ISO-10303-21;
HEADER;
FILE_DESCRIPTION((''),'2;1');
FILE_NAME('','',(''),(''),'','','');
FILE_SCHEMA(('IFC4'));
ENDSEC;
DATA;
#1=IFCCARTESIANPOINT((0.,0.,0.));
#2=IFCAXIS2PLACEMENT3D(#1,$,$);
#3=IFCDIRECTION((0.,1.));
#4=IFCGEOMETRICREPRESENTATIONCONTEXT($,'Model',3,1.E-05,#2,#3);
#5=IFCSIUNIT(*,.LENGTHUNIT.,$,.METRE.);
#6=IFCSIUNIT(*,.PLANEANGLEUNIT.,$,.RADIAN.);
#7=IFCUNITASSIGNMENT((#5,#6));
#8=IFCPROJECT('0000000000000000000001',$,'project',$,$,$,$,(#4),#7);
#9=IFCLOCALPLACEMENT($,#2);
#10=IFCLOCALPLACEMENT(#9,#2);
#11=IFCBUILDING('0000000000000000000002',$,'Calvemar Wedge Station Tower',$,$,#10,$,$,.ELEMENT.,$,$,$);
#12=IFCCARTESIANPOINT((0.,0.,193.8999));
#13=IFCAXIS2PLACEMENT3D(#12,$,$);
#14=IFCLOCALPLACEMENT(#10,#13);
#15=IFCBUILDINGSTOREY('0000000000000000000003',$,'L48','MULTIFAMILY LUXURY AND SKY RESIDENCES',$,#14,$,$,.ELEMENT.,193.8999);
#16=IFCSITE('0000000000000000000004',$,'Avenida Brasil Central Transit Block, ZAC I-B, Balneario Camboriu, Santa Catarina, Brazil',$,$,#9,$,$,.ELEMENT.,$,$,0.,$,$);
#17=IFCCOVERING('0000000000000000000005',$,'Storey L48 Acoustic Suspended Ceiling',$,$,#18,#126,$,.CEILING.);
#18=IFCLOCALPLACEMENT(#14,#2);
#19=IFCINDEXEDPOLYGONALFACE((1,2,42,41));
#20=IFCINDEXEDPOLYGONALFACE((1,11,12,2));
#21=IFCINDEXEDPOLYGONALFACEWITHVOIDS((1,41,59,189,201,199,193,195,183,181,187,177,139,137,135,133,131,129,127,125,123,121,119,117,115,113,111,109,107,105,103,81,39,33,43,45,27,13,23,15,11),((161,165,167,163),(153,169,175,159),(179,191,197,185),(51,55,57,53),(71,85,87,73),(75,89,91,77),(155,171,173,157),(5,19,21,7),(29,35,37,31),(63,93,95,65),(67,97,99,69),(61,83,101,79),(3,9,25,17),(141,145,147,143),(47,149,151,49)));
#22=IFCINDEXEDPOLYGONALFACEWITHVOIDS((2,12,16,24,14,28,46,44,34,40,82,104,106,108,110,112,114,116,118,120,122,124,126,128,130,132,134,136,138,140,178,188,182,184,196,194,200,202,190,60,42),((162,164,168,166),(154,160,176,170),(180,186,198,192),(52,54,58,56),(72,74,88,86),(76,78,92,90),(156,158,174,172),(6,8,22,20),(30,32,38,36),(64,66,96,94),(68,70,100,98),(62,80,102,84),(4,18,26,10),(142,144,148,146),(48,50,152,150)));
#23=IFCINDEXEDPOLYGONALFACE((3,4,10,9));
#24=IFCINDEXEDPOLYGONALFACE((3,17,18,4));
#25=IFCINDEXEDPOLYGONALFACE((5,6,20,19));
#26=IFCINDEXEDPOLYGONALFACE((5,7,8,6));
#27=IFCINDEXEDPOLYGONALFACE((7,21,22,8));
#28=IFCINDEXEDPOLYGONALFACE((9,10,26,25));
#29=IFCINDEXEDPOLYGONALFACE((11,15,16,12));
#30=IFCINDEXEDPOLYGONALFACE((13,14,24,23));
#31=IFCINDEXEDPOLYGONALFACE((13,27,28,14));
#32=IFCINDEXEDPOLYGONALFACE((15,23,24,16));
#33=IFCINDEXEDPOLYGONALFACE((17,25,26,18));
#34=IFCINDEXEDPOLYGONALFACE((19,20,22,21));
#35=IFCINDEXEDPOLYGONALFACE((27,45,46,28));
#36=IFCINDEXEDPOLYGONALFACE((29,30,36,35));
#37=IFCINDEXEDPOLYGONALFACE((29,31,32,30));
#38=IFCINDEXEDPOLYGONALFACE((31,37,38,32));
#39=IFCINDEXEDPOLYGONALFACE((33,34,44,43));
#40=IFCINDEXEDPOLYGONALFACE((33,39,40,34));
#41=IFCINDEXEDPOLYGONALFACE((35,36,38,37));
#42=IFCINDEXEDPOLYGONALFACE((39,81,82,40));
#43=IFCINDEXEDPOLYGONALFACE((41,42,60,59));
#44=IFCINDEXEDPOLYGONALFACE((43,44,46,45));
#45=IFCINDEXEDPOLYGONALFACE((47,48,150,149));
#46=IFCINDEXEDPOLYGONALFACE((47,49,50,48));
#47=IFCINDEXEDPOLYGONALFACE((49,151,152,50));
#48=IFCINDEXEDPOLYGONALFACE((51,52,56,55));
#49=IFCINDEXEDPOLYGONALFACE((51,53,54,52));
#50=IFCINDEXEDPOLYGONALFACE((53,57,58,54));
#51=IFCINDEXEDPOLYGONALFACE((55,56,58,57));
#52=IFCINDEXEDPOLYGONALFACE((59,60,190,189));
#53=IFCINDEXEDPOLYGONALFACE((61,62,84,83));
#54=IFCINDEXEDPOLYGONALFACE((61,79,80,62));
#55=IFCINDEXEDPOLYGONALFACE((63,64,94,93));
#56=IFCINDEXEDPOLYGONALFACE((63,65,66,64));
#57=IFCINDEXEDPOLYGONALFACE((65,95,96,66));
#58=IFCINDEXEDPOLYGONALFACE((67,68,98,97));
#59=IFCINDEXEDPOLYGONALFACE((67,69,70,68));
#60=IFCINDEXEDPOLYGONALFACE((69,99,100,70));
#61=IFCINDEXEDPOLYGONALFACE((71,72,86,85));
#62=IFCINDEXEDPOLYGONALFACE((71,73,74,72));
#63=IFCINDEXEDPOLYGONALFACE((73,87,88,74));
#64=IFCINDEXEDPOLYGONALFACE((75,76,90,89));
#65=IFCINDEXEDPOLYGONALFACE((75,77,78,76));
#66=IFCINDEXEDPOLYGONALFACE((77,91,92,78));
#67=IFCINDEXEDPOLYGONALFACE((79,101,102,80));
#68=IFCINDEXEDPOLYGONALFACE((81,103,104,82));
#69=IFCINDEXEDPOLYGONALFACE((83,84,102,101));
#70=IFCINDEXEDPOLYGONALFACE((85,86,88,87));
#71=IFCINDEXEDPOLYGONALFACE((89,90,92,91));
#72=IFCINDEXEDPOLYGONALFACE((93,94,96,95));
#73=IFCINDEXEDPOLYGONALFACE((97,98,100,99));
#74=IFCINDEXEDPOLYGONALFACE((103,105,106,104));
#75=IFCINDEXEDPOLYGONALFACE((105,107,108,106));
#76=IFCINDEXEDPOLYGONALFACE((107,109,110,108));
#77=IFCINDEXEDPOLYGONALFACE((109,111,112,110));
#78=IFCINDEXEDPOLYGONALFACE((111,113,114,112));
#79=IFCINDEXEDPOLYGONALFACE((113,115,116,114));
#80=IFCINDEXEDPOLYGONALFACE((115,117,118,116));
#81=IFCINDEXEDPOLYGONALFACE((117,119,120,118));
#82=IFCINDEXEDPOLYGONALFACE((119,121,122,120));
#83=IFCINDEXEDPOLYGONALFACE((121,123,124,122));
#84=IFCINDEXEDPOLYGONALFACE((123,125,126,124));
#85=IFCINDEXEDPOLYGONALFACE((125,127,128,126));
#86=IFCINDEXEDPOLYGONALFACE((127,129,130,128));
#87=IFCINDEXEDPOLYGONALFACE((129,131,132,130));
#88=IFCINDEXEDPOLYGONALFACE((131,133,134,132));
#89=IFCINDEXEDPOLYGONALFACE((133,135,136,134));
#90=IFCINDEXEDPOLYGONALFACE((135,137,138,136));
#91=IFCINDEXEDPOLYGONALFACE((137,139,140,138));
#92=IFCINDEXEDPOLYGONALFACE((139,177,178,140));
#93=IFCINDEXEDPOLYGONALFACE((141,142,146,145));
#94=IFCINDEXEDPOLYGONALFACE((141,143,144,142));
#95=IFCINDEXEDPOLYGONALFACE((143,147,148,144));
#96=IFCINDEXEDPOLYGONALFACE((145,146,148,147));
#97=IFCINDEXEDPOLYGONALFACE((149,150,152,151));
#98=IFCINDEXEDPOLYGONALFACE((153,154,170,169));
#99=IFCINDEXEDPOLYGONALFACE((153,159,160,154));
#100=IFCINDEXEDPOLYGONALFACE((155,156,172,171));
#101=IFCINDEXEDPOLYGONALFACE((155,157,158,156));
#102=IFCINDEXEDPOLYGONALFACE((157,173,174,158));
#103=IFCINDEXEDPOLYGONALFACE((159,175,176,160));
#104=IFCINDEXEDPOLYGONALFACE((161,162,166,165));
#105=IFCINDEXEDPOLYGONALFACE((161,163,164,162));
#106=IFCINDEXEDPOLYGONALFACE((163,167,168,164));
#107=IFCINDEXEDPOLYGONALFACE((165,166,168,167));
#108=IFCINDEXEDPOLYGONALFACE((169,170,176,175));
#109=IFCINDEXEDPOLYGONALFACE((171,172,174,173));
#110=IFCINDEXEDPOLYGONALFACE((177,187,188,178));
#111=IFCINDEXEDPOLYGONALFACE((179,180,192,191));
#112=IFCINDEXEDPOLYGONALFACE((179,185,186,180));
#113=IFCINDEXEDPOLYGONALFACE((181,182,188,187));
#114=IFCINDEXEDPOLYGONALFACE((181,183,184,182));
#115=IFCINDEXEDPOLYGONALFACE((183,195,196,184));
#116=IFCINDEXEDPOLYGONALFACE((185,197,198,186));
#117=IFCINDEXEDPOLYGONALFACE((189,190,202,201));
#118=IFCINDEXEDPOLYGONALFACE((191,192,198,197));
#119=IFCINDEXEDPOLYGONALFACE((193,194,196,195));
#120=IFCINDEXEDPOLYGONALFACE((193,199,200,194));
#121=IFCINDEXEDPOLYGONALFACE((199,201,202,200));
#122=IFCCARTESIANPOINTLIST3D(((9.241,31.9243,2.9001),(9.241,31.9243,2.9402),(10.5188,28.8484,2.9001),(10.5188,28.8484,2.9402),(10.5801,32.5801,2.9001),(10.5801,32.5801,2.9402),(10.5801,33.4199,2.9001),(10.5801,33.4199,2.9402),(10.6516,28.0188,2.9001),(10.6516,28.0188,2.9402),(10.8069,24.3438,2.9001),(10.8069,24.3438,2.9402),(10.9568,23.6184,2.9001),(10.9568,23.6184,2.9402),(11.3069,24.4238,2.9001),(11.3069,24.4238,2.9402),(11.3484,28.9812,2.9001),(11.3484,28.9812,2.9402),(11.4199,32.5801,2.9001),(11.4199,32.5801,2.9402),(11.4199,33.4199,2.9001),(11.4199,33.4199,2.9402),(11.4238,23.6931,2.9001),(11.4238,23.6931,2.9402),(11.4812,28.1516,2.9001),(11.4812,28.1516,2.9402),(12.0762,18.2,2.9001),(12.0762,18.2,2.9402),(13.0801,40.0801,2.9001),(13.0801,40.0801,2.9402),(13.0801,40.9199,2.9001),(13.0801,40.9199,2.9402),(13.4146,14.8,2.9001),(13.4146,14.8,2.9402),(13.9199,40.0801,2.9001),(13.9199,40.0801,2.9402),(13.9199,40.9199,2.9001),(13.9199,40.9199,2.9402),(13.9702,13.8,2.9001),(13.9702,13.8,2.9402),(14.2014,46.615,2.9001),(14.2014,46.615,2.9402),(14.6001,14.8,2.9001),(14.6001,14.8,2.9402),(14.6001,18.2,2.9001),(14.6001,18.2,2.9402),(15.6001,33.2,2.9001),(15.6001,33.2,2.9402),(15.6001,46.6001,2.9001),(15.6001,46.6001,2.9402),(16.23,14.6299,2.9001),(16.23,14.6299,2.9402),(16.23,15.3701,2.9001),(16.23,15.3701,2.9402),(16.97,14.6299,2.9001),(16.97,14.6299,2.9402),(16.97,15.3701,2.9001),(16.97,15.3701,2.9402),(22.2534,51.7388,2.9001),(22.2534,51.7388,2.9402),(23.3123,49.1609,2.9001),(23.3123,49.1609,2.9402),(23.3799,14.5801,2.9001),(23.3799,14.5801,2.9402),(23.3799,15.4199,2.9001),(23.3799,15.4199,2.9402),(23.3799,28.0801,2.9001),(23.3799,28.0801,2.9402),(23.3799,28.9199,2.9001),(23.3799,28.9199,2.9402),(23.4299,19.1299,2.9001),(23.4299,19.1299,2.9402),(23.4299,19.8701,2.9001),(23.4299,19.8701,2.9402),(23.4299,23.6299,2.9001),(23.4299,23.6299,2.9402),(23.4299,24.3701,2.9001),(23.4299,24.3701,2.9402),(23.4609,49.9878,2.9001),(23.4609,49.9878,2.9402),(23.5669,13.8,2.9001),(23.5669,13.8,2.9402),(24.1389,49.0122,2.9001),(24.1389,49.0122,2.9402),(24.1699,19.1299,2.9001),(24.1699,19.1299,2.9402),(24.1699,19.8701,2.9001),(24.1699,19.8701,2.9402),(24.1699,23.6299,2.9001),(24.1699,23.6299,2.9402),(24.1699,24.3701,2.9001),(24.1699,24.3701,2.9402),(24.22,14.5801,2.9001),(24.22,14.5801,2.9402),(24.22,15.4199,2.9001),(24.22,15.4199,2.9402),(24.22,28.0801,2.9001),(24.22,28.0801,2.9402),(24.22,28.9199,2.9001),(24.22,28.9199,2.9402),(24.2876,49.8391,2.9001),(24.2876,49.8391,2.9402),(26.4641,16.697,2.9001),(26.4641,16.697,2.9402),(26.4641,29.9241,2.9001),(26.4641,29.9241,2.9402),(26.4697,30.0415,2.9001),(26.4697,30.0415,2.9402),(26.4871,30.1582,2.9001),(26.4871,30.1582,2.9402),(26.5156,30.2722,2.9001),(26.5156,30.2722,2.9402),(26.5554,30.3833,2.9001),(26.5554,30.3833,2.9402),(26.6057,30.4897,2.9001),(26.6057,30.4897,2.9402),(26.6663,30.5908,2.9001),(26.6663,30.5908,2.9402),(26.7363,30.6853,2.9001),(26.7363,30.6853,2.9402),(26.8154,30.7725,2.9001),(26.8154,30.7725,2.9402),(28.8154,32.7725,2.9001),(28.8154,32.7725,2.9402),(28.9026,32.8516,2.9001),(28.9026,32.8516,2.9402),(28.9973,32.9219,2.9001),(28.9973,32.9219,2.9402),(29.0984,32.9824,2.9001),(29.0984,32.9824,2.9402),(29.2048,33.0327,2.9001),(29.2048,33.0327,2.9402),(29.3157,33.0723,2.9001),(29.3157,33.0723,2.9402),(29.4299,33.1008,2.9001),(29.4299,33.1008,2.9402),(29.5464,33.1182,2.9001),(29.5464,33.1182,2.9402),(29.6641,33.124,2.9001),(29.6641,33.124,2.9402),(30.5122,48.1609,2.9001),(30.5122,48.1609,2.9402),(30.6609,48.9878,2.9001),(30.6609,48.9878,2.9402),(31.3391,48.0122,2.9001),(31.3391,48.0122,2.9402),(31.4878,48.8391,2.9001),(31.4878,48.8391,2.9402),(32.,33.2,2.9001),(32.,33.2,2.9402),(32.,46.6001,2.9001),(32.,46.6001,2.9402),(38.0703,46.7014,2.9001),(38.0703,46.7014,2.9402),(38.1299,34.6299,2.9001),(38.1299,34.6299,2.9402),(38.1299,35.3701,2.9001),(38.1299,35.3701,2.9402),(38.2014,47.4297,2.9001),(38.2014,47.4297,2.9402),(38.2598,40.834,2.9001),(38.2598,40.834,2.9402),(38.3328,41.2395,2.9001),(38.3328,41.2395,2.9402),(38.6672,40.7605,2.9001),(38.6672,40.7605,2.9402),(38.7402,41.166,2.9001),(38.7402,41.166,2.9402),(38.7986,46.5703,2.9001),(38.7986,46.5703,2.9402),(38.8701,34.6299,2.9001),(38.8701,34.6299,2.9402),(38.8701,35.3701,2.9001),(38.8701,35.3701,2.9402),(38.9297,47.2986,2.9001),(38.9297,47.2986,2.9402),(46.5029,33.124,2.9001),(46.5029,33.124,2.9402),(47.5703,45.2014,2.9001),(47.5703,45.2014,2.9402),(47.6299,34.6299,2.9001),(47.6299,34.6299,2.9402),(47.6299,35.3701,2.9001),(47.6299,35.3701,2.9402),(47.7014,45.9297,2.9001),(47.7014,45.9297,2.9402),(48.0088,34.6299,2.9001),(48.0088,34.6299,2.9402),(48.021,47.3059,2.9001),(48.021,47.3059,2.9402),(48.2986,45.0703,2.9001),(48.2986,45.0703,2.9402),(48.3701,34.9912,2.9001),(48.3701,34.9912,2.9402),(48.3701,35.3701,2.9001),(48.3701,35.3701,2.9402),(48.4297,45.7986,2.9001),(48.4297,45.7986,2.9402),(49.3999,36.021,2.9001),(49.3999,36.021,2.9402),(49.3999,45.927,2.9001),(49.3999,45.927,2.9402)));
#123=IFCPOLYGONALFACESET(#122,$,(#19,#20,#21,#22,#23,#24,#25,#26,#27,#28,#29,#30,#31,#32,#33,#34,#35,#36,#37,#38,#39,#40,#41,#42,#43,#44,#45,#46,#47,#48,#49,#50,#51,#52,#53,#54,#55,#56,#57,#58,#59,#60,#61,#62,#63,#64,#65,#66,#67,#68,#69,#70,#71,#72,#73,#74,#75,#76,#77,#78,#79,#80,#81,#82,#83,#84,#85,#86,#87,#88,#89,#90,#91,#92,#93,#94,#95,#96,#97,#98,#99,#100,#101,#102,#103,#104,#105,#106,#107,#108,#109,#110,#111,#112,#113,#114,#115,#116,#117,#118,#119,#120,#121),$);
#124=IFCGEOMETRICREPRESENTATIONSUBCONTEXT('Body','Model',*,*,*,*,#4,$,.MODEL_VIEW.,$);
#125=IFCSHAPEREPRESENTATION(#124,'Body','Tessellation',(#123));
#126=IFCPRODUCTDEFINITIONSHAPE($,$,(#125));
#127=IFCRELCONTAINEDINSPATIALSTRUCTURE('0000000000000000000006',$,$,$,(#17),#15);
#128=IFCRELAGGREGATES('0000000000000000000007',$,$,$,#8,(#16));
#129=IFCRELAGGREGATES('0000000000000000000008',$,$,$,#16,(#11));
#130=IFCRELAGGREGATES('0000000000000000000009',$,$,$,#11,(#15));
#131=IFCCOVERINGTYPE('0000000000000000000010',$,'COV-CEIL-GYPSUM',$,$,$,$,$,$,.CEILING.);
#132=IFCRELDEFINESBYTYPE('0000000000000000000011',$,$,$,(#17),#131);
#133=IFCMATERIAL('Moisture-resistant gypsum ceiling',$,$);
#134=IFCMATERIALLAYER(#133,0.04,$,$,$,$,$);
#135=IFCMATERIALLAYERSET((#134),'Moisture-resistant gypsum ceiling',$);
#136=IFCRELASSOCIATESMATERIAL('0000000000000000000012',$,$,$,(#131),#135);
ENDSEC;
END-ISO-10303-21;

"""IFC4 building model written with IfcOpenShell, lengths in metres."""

from ifc_helpers import new_model, si_unit, direction, frame, origin, place, context, subcontext, project, spatial, polyline, outline, extrude, material, layer, layer_set, type_object, element, save


model = new_model("IFC4")

# Units and contexts
model_context = context("Model", 3, precision=1e-05, world=origin(), true_north=direction((0.0, 1.0)))
body_context = subcontext(model_context, "Body", "Model", "MODEL_VIEW")
ifc_project = project(units=[si_unit("LENGTHUNIT", "METRE"), si_unit("PLANEANGLEUNIT", "RADIAN")], contexts=[model_context])

# Site, building, storey
site_placement = place(None, origin())
site = spatial("IfcSite", under=ifc_project, at=site_placement, Name="Avenida Brasil Central Transit Block, ZAC I-B, Balneario Camboriu, Santa Catarina, Brazil", CompositionType="ELEMENT", RefElevation=0.0)
building_placement = place(site_placement, origin())
building = spatial("IfcBuilding", under=site, at=building_placement, Name="Calvemar Wedge Station Tower", CompositionType="ELEMENT")
storey_placement = place(building_placement, frame((0.0, 0.0, 193.8999)))
storey = spatial("IfcBuildingStorey", under=building, at=storey_placement, Name="L48", Description="MULTIFAMILY LUXURY AND SKY RESIDENCES", CompositionType="ELEMENT", Elevation=193.8999)

# Covering
ifc_material_1 = material(Name="Moisture-resistant gypsum ceiling")
ifc_layer_1 = layer(ifc_material_1, 0.04)
ifc_layer_set_1 = layer_set([ifc_layer_1], Name="Moisture-resistant gypsum ceiling")
covering_type_1 = type_object("IfcCoveringType", Name="COV-CEIL-GYPSUM", PredefinedType="CEILING", material=ifc_layer_set_1)
covering_1_placement = place(storey_placement, frame((0.0, 0.0, 2.9001)))
element("IfcCovering", 1, at=covering_1_placement, inside=storey, type_object=covering_type_1, Name="Storey L48 Acoustic Suspended Ceiling", PredefinedType="CEILING", context=body_context, shape_type="SweptSolid", body=[
    extrude(outline(polyline([(26.8154, 30.7725), (28.8154, 32.7725), (28.9026, 32.8516), (28.9973, 32.9219), (29.0984, 32.9824), (29.2048, 33.0327), (29.3157, 33.0723), (29.4299, 33.1008), (29.5464, 33.1182), (29.6641, 33.124), (46.5029, 33.124), (48.0088, 34.6299), (47.6299, 34.6299), (47.6299, 35.3701), (48.3701, 35.3701), (48.3701, 34.9912), (49.3999, 36.021), (49.3999, 45.927), (48.021, 47.3059), (22.2534, 51.7388), (14.2014, 46.615), (9.241, 31.9243), (10.8069, 24.3438), (11.3069, 24.4238), (11.4238, 23.6931), (10.9568, 23.6184), (12.0762, 18.2), (14.6001, 18.2), (14.6001, 14.8), (13.4146, 14.8), (13.9702, 13.8), (23.5669, 13.8), (26.4641, 16.697), (26.4641, 29.9241), (26.4697, 30.0415), (26.4871, 30.1582), (26.5156, 30.2722), (26.5554, 30.3833), (26.6057, 30.4897), (26.6663, 30.5908), (26.7363, 30.6853), (26.8154, 30.7725)]), holes=[polyline([(15.6001, 46.6001), (32.0, 46.6001), (32.0, 33.2), (15.6001, 33.2), (15.6001, 46.6001)]), polyline([(10.5801, 32.5801), (10.5801, 33.4199), (11.4199, 33.4199), (11.4199, 32.5801), (10.5801, 32.5801)]), polyline([(13.0801, 40.9199), (13.9199, 40.9199), (13.9199, 40.0801), (13.0801, 40.0801), (13.0801, 40.9199)]), polyline([(24.2876, 49.8391), (24.1389, 49.0122), (23.3123, 49.1609), (23.4609, 49.9878), (24.2876, 49.8391)]), polyline([(31.3391, 48.0122), (30.5122, 48.1609), (30.6609, 48.9878), (31.4878, 48.8391), (31.3391, 48.0122)]), polyline([(38.0703, 46.7014), (38.2014, 47.4297), (38.9297, 47.2986), (38.7986, 46.5703), (38.0703, 46.7014)]), polyline([(47.7014, 45.9297), (48.4297, 45.7986), (48.2986, 45.0703), (47.5703, 45.2014), (47.7014, 45.9297)]), polyline([(38.8701, 35.3701), (38.8701, 34.6299), (38.1299, 34.6299), (38.1299, 35.3701), (38.8701, 35.3701)]), polyline([(38.2598, 40.834), (38.3328, 41.2395), (38.7402, 41.166), (38.6672, 40.7605), (38.2598, 40.834)]), polyline([(11.3484, 28.9812), (11.4812, 28.1516), (10.6516, 28.0188), (10.5188, 28.8484), (11.3484, 28.9812)]), polyline([(24.22, 28.0801), (23.3799, 28.0801), (23.3799, 28.9199), (24.22, 28.9199), (24.22, 28.0801)]), polyline([(23.4299, 23.6299), (23.4299, 24.3701), (24.1699, 24.3701), (24.1699, 23.6299), (23.4299, 23.6299)]), polyline([(23.4299, 19.8701), (24.1699, 19.8701), (24.1699, 19.1299), (23.4299, 19.1299), (23.4299, 19.8701)]), polyline([(24.22, 15.4199), (24.22, 14.5801), (23.3799, 14.5801), (23.3799, 15.4199), (24.22, 15.4199)]), polyline([(16.97, 14.6299), (16.23, 14.6299), (16.23, 15.3701), (16.97, 15.3701), (16.97, 14.6299)])]), origin(), (0.0, 0.0, 1.0), 0.04),
])

save(model, "model.ifc")
